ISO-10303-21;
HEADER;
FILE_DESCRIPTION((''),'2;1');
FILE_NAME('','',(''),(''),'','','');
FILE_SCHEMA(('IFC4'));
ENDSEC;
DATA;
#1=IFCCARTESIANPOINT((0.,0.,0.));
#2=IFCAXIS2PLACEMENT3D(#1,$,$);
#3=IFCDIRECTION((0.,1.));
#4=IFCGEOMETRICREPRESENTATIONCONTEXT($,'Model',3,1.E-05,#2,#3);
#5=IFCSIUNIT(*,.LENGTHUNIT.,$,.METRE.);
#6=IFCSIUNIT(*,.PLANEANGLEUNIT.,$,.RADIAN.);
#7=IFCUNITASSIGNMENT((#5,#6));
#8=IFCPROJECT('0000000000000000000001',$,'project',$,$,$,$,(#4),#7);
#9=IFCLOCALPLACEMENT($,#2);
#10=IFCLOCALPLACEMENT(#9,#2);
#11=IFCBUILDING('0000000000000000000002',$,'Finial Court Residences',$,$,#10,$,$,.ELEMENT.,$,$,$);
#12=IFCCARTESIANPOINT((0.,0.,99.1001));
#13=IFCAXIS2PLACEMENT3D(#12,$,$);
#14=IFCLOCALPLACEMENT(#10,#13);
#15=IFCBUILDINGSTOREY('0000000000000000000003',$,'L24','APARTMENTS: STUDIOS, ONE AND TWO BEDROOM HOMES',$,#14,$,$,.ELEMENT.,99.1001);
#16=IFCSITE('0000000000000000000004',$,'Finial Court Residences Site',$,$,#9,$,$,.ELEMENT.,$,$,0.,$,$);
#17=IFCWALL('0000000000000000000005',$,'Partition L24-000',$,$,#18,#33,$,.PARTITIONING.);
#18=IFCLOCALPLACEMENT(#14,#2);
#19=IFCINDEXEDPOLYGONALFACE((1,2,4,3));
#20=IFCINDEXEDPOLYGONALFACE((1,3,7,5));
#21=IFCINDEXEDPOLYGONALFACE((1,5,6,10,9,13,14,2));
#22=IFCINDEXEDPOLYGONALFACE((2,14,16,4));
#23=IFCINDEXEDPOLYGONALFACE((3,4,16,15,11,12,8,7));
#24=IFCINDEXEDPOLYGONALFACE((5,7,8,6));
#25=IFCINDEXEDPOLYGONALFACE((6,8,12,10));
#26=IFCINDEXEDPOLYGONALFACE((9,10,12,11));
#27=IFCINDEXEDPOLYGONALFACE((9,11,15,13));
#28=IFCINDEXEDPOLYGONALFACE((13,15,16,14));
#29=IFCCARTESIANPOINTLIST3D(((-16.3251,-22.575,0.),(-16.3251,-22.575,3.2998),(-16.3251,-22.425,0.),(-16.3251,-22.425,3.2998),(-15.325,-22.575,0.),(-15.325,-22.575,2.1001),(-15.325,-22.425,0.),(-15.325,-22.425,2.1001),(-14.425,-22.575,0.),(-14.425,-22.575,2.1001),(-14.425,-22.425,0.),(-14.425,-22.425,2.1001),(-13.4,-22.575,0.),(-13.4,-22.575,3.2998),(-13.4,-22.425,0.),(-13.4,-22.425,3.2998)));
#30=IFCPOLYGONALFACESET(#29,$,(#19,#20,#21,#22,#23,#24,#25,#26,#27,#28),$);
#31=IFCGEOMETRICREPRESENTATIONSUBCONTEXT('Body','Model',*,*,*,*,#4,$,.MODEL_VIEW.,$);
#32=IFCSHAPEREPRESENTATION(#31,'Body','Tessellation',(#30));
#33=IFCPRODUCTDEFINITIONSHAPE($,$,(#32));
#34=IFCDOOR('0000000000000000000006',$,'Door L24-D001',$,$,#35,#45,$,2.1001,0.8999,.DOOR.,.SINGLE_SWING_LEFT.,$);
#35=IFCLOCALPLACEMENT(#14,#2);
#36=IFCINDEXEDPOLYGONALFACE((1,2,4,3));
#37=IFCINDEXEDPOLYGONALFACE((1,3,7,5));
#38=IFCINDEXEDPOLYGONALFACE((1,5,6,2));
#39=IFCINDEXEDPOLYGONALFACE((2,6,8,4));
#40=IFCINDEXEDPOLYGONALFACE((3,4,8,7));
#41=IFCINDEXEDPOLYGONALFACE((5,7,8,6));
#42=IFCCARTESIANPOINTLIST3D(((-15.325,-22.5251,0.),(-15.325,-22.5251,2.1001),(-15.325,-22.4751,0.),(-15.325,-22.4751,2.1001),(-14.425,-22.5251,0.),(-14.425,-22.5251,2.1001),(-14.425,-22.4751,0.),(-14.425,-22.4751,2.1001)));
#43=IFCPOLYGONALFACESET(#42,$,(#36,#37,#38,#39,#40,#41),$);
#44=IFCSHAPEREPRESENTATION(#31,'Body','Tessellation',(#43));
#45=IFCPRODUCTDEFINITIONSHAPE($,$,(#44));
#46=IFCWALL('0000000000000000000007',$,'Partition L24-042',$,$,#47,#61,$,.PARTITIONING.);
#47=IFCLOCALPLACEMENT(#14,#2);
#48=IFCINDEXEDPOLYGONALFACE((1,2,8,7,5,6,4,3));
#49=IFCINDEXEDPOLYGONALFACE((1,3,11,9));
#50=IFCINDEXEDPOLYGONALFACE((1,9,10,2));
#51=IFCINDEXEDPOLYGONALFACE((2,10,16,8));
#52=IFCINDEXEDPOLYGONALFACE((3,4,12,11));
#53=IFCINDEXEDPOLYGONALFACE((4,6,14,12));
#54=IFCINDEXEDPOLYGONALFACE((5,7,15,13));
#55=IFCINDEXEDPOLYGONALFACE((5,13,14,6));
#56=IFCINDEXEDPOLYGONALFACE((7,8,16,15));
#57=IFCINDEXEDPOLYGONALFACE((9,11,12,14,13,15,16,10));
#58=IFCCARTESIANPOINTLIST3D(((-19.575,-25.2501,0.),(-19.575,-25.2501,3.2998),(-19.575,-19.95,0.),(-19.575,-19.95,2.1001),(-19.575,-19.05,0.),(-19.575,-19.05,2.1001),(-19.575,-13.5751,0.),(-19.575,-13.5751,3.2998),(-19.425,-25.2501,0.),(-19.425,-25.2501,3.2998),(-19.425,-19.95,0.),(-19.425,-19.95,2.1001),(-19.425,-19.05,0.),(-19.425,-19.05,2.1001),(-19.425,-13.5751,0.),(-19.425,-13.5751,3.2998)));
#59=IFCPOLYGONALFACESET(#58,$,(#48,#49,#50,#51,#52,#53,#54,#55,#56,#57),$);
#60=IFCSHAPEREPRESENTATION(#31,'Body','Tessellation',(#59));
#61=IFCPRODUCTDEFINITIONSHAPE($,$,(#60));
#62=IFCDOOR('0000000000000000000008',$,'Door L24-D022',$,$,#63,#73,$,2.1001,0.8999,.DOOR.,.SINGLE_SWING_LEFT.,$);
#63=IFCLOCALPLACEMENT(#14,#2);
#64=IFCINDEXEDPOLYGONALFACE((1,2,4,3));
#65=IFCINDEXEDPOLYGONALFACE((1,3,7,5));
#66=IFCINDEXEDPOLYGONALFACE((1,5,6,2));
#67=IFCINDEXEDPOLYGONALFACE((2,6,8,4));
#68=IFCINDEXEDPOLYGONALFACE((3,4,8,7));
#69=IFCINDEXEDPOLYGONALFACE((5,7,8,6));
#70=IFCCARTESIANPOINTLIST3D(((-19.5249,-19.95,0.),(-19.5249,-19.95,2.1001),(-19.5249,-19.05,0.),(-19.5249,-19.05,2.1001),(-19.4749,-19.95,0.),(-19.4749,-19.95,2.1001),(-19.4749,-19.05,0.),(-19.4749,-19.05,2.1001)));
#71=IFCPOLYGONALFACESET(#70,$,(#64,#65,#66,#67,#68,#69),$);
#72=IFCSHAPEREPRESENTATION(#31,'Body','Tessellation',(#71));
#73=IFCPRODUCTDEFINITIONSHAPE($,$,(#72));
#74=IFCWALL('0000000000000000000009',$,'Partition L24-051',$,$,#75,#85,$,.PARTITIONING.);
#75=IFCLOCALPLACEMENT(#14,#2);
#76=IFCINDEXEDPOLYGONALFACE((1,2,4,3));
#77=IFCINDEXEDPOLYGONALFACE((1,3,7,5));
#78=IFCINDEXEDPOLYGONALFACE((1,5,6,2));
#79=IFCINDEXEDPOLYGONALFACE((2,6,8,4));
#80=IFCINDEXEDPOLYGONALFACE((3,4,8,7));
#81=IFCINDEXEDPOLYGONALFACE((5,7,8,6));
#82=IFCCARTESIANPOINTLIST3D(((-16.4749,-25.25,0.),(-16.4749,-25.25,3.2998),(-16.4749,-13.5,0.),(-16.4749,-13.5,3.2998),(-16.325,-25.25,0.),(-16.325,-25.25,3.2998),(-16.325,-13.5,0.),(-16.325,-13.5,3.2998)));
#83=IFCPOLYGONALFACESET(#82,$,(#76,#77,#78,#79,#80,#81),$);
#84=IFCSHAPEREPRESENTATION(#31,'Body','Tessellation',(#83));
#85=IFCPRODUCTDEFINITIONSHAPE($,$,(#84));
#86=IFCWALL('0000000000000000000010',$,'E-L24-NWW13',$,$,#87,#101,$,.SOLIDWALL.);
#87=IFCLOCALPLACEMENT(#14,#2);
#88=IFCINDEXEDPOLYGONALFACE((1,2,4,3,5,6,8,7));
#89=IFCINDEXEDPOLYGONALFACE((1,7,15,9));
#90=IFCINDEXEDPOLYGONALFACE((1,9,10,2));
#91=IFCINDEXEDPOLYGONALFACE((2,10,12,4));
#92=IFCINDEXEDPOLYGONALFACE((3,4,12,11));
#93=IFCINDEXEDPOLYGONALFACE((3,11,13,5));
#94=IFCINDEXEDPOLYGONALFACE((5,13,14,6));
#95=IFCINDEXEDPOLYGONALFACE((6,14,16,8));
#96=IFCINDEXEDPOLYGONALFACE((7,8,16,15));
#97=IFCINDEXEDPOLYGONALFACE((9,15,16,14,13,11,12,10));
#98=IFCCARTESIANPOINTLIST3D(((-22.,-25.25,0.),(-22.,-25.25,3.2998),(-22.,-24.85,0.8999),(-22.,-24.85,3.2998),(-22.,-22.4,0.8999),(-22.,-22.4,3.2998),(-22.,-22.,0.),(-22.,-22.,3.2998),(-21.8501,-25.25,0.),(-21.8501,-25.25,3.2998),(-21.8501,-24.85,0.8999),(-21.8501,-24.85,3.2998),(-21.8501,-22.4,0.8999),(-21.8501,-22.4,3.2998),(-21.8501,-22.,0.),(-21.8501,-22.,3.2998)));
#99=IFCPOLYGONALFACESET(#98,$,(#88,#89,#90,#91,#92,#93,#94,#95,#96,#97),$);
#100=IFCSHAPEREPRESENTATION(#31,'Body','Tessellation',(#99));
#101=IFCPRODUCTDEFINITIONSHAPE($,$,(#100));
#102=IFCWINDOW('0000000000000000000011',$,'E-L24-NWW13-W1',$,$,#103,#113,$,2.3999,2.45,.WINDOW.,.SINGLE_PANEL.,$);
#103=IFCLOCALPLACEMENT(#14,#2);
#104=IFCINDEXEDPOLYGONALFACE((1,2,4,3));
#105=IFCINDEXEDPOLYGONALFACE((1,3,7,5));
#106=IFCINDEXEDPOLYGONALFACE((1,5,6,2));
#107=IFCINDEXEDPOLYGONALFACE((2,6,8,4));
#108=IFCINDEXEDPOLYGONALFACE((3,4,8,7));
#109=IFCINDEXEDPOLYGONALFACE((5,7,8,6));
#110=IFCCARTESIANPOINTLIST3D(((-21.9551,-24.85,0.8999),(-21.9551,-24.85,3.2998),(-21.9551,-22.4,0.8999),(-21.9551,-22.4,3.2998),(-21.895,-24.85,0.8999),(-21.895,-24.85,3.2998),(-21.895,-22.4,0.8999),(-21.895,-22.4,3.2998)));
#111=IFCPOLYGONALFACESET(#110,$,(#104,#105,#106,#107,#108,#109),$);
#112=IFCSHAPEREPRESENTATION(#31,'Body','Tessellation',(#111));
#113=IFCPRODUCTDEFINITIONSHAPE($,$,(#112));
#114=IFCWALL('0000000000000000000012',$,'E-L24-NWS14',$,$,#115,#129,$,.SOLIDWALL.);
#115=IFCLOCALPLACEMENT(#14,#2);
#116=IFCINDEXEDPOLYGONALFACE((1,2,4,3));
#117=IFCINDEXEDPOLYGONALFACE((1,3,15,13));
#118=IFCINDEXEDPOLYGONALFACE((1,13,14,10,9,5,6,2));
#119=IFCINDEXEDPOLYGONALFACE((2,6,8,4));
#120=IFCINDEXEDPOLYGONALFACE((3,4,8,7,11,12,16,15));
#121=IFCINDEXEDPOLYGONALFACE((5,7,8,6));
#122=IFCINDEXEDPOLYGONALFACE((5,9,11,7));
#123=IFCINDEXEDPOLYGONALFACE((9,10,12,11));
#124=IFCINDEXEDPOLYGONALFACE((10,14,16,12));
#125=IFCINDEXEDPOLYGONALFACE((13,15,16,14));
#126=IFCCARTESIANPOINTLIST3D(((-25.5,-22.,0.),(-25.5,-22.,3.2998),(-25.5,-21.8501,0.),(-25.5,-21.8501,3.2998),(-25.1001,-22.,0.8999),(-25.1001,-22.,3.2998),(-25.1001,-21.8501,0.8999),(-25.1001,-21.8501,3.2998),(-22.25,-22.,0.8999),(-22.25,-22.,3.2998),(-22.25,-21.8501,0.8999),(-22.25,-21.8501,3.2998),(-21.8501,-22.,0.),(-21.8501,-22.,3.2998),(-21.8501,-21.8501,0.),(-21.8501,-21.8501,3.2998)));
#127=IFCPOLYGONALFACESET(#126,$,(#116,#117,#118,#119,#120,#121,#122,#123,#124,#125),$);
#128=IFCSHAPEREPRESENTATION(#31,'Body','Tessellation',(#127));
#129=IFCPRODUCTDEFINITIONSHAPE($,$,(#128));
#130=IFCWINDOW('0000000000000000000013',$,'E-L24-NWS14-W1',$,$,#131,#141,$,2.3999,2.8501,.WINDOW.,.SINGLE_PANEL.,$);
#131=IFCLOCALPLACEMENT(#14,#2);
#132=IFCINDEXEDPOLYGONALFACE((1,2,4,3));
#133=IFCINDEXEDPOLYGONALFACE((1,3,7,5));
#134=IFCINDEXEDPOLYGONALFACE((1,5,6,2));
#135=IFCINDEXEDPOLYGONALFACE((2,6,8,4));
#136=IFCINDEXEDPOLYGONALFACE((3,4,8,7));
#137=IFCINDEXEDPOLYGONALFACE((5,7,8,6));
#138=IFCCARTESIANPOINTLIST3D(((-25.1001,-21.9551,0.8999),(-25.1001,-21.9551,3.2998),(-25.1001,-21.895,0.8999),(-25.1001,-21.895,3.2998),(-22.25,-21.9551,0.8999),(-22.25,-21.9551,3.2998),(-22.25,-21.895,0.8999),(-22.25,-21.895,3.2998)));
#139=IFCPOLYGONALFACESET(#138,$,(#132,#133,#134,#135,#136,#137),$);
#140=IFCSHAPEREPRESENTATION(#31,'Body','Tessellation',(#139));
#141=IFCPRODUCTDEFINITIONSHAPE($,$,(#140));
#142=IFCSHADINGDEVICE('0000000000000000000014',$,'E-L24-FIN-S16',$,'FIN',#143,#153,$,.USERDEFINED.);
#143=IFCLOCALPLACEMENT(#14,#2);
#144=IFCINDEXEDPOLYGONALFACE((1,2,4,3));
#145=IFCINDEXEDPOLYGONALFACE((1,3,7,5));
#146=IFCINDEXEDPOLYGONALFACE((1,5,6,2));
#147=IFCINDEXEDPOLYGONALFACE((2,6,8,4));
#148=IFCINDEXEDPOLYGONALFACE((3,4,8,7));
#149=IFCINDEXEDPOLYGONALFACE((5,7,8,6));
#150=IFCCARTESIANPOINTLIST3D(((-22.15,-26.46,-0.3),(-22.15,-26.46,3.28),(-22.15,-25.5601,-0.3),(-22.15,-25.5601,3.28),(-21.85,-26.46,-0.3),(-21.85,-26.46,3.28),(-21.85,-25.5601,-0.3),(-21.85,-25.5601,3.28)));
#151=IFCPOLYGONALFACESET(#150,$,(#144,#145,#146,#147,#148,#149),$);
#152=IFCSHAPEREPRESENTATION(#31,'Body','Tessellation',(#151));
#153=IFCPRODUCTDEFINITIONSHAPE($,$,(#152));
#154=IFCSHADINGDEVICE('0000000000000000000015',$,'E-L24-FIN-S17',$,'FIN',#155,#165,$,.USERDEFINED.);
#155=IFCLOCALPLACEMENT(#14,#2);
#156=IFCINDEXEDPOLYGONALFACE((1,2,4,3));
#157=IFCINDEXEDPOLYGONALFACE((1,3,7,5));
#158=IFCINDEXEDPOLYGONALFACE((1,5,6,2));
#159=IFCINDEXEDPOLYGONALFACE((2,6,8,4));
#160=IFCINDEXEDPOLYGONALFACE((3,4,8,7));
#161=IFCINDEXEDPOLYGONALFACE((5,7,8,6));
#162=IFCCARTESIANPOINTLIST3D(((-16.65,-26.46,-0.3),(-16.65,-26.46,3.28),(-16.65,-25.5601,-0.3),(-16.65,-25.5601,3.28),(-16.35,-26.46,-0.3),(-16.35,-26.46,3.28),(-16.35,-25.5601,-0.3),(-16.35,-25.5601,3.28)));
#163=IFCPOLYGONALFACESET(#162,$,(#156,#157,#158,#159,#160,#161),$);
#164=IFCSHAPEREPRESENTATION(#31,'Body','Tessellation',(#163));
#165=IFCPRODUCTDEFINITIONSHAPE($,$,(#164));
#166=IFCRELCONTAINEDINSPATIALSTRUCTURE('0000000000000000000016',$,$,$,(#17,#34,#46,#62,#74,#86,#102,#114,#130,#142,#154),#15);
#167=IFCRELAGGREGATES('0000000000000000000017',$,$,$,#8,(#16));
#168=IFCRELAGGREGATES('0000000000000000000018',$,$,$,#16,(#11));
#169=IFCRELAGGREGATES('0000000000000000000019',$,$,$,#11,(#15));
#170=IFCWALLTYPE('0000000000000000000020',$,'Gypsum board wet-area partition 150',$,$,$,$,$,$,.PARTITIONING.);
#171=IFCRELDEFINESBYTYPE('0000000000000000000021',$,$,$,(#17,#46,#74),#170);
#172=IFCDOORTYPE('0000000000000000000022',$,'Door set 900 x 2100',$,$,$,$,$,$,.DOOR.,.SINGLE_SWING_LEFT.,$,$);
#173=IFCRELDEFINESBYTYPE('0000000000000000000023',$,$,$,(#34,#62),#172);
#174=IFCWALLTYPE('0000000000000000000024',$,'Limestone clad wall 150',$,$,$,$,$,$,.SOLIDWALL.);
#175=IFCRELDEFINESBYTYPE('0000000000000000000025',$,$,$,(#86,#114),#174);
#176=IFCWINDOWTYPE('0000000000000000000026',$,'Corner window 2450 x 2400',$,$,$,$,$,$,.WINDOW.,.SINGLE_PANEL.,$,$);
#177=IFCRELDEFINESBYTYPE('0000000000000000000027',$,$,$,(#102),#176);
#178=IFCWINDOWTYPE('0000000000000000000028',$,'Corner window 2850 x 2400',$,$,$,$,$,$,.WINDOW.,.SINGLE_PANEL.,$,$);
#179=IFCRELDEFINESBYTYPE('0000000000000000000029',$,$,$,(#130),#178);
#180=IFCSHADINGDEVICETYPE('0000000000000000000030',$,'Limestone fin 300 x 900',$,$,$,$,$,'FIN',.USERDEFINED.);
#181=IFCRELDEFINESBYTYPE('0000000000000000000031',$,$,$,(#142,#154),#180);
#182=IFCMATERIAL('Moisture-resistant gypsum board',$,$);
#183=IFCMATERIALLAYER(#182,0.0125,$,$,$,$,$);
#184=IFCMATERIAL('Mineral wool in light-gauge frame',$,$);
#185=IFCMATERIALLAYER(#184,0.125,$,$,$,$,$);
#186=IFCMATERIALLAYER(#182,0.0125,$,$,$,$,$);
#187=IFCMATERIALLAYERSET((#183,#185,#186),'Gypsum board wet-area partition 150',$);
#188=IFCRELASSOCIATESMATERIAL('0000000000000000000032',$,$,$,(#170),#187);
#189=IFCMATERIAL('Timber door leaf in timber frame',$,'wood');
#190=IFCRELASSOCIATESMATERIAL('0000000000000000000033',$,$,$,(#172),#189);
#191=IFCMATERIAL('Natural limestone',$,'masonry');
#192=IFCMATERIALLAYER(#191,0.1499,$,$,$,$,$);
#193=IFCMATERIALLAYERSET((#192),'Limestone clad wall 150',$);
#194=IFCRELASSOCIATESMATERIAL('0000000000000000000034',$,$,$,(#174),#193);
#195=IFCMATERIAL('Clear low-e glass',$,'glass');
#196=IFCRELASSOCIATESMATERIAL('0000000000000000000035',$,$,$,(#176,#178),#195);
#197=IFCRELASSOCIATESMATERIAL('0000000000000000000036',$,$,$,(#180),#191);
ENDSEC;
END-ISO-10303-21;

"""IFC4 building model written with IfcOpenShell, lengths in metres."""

from ifc_helpers import new_model, si_unit, direction, frame, frame_2d, origin, origin_2d, place, context, subcontext, project, spatial, rectangle, extrude, material, layer, layer_set, type_object, element, fill, save


model = new_model("IFC4")

# Units and contexts
model_context = context("Model", 3, precision=1e-05, world=origin(), true_north=direction((0.0, 1.0)))
body_context = subcontext(model_context, "Body", "Model", "MODEL_VIEW")
ifc_project = project(units=[si_unit("LENGTHUNIT", "METRE"), si_unit("PLANEANGLEUNIT", "RADIAN")], contexts=[model_context])

# Site, building, storey
site_placement = place(None, origin())
site = spatial("IfcSite", under=ifc_project, at=site_placement, Name="Finial Court Residences Site", CompositionType="ELEMENT", RefElevation=0.0)
building_placement = place(site_placement, origin())
building = spatial("IfcBuilding", under=site, at=building_placement, Name="Finial Court Residences", CompositionType="ELEMENT")
storey_placement = place(building_placement, frame((0.0, 0.0, 99.1001)))
storey = spatial("IfcBuildingStorey", under=building, at=storey_placement, Name="L24", Description="APARTMENTS: STUDIOS, ONE AND TWO BEDROOM HOMES", CompositionType="ELEMENT", Elevation=99.1001)

# Shared definitions
ifc_material_1 = material(Name="Clear low-e glass", Category="glass")

# Walls, openings, doors
ifc_material_2 = material(Name="Moisture-resistant gypsum board")
ifc_layer_1 = layer(ifc_material_2, 0.0125)
ifc_material_3 = material(Name="Mineral wool in light-gauge frame")
ifc_layer_2 = layer(ifc_material_3, 0.125)
ifc_layer_3 = layer(ifc_material_2, 0.0125)
ifc_layer_set_1 = layer_set([ifc_layer_1, ifc_layer_2, ifc_layer_3], Name="Gypsum board wet-area partition 150")
wall_type_1 = type_object("IfcWallType", Name="Gypsum board wet-area partition 150", PredefinedType="PARTITIONING", material=ifc_layer_set_1)
wall_1_placement = place(storey_placement, frame((-16.325, -22.5, 0.0), z_axis=(0.0, 0.0, 1.0), x_axis=(1.0, 0.0, 0.0)))
wall_1 = element("IfcWall", 1, at=wall_1_placement, inside=storey, type_object=wall_type_1, Name="Partition L24-000", PredefinedType="PARTITIONING", context=body_context, shape_type="SweptSolid", body=[
    extrude(rectangle(XDim=2.925, YDim=0.1499, at=frame_2d((1.4624, 0.0))), origin(), (0.0, 0.0, 1.0), 3.2998),
])
opening_1_placement = place(wall_1_placement, frame((1.0, 0.0, 0.0)))
opening_1 = element("IfcOpeningElement", 2, at=opening_1_placement, cuts=wall_1, PredefinedType="OPENING", context=body_context, shape_type="SweptSolid", body=[
    extrude(rectangle(XDim=0.8999, YDim=2.1001, at=frame_2d((0.45, 1.05))), frame((0.0, 0.085, 0.0), z_axis=(0.0, -1.0, 0.0), x_axis=(1.0, 0.0, 0.0)), (0.0, 0.0, 1.0), 0.1699),
])
ifc_material_4 = material(Name="Timber door leaf in timber frame", Category="wood")
door_type = type_object("IfcDoorType", Name="Door set 900 x 2100", OperationType="SINGLE_SWING_LEFT", PredefinedType="DOOR", material=ifc_material_4)
door_1_placement = place(opening_1_placement, origin())
door_1 = element("IfcDoor", 3, at=door_1_placement, inside=storey, type_object=door_type, Name="Door L24-D001", OperationType="SINGLE_SWING_LEFT", OverallHeight=2.1001, OverallWidth=0.8999, PredefinedType="DOOR", context=body_context, shape_type="SweptSolid", body=[
    extrude(rectangle(XDim=0.8999, YDim=2.1001, at=frame_2d((0.45, 1.05))), frame((0.0, 0.0249, 0.0), z_axis=(0.0, -1.0, 0.0), x_axis=(1.0, 0.0, 0.0)), (0.0, 0.0, 1.0), 0.05),
])
fill(opening_1, door_1)
wall_2_placement = place(storey_placement, frame((-19.5, -25.25, 0.0), z_axis=(0.0, 0.0, 1.0), x_axis=(0.0, 1.0, 0.0)))
wall_2 = element("IfcWall", 4, at=wall_2_placement, inside=storey, type_object=wall_type_1, Name="Partition L24-042", PredefinedType="PARTITIONING", context=body_context, shape_type="SweptSolid", body=[
    extrude(rectangle(XDim=11.675, YDim=0.1499, at=frame_2d((5.8374, 0.0))), origin(), (0.0, 0.0, 1.0), 3.2998),
])
opening_2_placement = place(wall_2_placement, frame((5.3, 0.0, 0.0)))
opening_2 = element("IfcOpeningElement", 5, at=opening_2_placement, cuts=wall_2, PredefinedType="OPENING", context=body_context, shape_type="SweptSolid", body=[
    extrude(rectangle(XDim=0.8999, YDim=2.1001, at=frame_2d((0.45, 1.05))), frame((0.0, 0.085, 0.0), z_axis=(0.0, -1.0, 0.0), x_axis=(1.0, 0.0, 0.0)), (0.0, 0.0, 1.0), 0.1699),
])
door_2_placement = place(opening_2_placement, origin())
door_2 = element("IfcDoor", 6, at=door_2_placement, inside=storey, type_object=door_type, Name="Door L24-D022", OperationType="SINGLE_SWING_LEFT", OverallHeight=2.1001, OverallWidth=0.8999, PredefinedType="DOOR", context=body_context, shape_type="SweptSolid", body=[
    extrude(rectangle(XDim=0.8999, YDim=2.1001, at=frame_2d((0.45, 1.05))), frame((0.0, 0.0249, 0.0), z_axis=(0.0, -1.0, 0.0), x_axis=(1.0, 0.0, 0.0)), (0.0, 0.0, 1.0), 0.05),
])
fill(opening_2, door_2)

# Wall
wall_3_placement = place(storey_placement, frame((-16.3999, -25.25, 0.0), z_axis=(0.0, 0.0, 1.0), x_axis=(0.0, 1.0, 0.0)))
element("IfcWall", 7, at=wall_3_placement, inside=storey, type_object=wall_type_1, Name="Partition L24-051", PredefinedType="PARTITIONING", context=body_context, shape_type="SweptSolid", body=[
    extrude(rectangle(XDim=11.75, YDim=0.1499, at=frame_2d((5.875, 0.0))), origin(), (0.0, 0.0, 1.0), 3.2998),
])

# Walls, openings, windows
ifc_material_5 = material(Name="Natural limestone", Category="masonry")
ifc_layer_4 = layer(ifc_material_5, 0.1499)
ifc_layer_set_2 = layer_set([ifc_layer_4], Name="Limestone clad wall 150")
wall_type_2 = type_object("IfcWallType", Name="Limestone clad wall 150", PredefinedType="SOLIDWALL", material=ifc_layer_set_2)
wall_4_placement = place(storey_placement, frame((-21.925, -25.25, 0.0), z_axis=(0.0, 0.0, 1.0), x_axis=(0.0, 1.0, 0.0)))
wall_4 = element("IfcWall", 8, at=wall_4_placement, inside=storey, type_object=wall_type_2, Name="E-L24-NWW13", PredefinedType="SOLIDWALL", context=body_context, shape_type="SweptSolid", body=[
    extrude(rectangle(XDim=3.25, YDim=0.1499, at=frame_2d((1.625, 0.0))), origin(), (0.0, 0.0, 1.0), 3.2998),
])
opening_3_placement = place(wall_4_placement, frame((0.3999, 0.0, 0.8999)))
opening_3 = element("IfcOpeningElement", 9, at=opening_3_placement, cuts=wall_4, PredefinedType="OPENING", context=body_context, shape_type="SweptSolid", body=[
    extrude(rectangle(XDim=2.45, YDim=2.3999, at=frame_2d((1.2251, 1.2))), frame((0.0, 0.085, 0.0), z_axis=(0.0, -1.0, 0.0), x_axis=(1.0, 0.0, 0.0)), (0.0, 0.0, 1.0), 0.1699),
])
window_type_1 = type_object("IfcWindowType", Name="Corner window 2450 x 2400", PartitioningType="SINGLE_PANEL", PredefinedType="WINDOW", material=ifc_material_1)
window_1_placement = place(opening_3_placement, origin())
window_1 = element("IfcWindow", 10, at=window_1_placement, inside=storey, type_object=window_type_1, Name="E-L24-NWW13-W1", OverallHeight=2.3999, OverallWidth=2.45, PartitioningType="SINGLE_PANEL", PredefinedType="WINDOW", context=body_context, shape_type="SweptSolid", body=[
    extrude(rectangle(XDim=2.45, YDim=2.3999, at=frame_2d((1.2251, 1.2))), frame((0.0, 0.03, 0.0), z_axis=(0.0, -1.0, 0.0), x_axis=(1.0, 0.0, 0.0)), (0.0, 0.0, 1.0), 0.0601),
])
fill(opening_3, window_1)
wall_5_placement = place(storey_placement, frame((-21.8501, -21.925, 0.0), z_axis=(0.0, 0.0, 1.0), x_axis=(-1.0, 0.0, 0.0)))
wall_5 = element("IfcWall", 11, at=wall_5_placement, inside=storey, type_object=wall_type_2, Name="E-L24-NWS14", PredefinedType="SOLIDWALL", context=body_context, shape_type="SweptSolid", body=[
    extrude(rectangle(XDim=3.6499, YDim=0.1499, at=frame_2d((1.825, 0.0))), origin(), (0.0, 0.0, 1.0), 3.2998),
])
opening_4_placement = place(wall_5_placement, frame((0.3999, 0.0, 0.8999)))
opening_4 = element("IfcOpeningElement", 12, at=opening_4_placement, cuts=wall_5, PredefinedType="OPENING", context=body_context, shape_type="SweptSolid", body=[
    extrude(rectangle(XDim=2.8501, YDim=2.3999, at=frame_2d((1.425, 1.2))), frame((0.0, 0.085, 0.0), z_axis=(0.0, -1.0, 0.0), x_axis=(1.0, 0.0, 0.0)), (0.0, 0.0, 1.0), 0.1699),
])
window_type_2 = type_object("IfcWindowType", Name="Corner window 2850 x 2400", PartitioningType="SINGLE_PANEL", PredefinedType="WINDOW", material=ifc_material_1)
window_2_placement = place(opening_4_placement, origin())
window_2 = element("IfcWindow", 13, at=window_2_placement, inside=storey, type_object=window_type_2, Name="E-L24-NWS14-W1", OverallHeight=2.3999, OverallWidth=2.8501, PartitioningType="SINGLE_PANEL", PredefinedType="WINDOW", context=body_context, shape_type="SweptSolid", body=[
    extrude(rectangle(XDim=2.8501, YDim=2.3999, at=frame_2d((1.425, 1.2))), frame((0.0, 0.03, 0.0), z_axis=(0.0, -1.0, 0.0), x_axis=(1.0, 0.0, 0.0)), (0.0, 0.0, 1.0), 0.0601),
])
fill(opening_4, window_2)

# Shading devices
shading_device_type = type_object("IfcShadingDeviceType", Name="Limestone fin 300 x 900", ElementType="FIN", PredefinedType="USERDEFINED", material=ifc_material_5)
for number, where, z_axis, x_axis, name in (
    (14, (-22.0, -26.01, -0.3), (0.0, 0.0, 1.0), (1.0, 0.0, 0.0), "E-L24-FIN-S16"),
    (15, (-16.5, -26.01, -0.3), (0.0, 0.0, 1.0), (1.0, 0.0, 0.0), "E-L24-FIN-S17"),
):
    element("IfcShadingDevice", number, at=place(storey_placement, frame(where, z_axis=z_axis, x_axis=x_axis)), inside=storey, type_object=shading_device_type, Name=name, ObjectType="FIN", PredefinedType="USERDEFINED", context=body_context, shape_type="SweptSolid", body=[
        extrude(rectangle(XDim=0.3, YDim=0.8999, at=origin_2d()), origin(), (0.0, 0.0, 1.0), 3.5801),
    ])

save(model, "model.ifc")
